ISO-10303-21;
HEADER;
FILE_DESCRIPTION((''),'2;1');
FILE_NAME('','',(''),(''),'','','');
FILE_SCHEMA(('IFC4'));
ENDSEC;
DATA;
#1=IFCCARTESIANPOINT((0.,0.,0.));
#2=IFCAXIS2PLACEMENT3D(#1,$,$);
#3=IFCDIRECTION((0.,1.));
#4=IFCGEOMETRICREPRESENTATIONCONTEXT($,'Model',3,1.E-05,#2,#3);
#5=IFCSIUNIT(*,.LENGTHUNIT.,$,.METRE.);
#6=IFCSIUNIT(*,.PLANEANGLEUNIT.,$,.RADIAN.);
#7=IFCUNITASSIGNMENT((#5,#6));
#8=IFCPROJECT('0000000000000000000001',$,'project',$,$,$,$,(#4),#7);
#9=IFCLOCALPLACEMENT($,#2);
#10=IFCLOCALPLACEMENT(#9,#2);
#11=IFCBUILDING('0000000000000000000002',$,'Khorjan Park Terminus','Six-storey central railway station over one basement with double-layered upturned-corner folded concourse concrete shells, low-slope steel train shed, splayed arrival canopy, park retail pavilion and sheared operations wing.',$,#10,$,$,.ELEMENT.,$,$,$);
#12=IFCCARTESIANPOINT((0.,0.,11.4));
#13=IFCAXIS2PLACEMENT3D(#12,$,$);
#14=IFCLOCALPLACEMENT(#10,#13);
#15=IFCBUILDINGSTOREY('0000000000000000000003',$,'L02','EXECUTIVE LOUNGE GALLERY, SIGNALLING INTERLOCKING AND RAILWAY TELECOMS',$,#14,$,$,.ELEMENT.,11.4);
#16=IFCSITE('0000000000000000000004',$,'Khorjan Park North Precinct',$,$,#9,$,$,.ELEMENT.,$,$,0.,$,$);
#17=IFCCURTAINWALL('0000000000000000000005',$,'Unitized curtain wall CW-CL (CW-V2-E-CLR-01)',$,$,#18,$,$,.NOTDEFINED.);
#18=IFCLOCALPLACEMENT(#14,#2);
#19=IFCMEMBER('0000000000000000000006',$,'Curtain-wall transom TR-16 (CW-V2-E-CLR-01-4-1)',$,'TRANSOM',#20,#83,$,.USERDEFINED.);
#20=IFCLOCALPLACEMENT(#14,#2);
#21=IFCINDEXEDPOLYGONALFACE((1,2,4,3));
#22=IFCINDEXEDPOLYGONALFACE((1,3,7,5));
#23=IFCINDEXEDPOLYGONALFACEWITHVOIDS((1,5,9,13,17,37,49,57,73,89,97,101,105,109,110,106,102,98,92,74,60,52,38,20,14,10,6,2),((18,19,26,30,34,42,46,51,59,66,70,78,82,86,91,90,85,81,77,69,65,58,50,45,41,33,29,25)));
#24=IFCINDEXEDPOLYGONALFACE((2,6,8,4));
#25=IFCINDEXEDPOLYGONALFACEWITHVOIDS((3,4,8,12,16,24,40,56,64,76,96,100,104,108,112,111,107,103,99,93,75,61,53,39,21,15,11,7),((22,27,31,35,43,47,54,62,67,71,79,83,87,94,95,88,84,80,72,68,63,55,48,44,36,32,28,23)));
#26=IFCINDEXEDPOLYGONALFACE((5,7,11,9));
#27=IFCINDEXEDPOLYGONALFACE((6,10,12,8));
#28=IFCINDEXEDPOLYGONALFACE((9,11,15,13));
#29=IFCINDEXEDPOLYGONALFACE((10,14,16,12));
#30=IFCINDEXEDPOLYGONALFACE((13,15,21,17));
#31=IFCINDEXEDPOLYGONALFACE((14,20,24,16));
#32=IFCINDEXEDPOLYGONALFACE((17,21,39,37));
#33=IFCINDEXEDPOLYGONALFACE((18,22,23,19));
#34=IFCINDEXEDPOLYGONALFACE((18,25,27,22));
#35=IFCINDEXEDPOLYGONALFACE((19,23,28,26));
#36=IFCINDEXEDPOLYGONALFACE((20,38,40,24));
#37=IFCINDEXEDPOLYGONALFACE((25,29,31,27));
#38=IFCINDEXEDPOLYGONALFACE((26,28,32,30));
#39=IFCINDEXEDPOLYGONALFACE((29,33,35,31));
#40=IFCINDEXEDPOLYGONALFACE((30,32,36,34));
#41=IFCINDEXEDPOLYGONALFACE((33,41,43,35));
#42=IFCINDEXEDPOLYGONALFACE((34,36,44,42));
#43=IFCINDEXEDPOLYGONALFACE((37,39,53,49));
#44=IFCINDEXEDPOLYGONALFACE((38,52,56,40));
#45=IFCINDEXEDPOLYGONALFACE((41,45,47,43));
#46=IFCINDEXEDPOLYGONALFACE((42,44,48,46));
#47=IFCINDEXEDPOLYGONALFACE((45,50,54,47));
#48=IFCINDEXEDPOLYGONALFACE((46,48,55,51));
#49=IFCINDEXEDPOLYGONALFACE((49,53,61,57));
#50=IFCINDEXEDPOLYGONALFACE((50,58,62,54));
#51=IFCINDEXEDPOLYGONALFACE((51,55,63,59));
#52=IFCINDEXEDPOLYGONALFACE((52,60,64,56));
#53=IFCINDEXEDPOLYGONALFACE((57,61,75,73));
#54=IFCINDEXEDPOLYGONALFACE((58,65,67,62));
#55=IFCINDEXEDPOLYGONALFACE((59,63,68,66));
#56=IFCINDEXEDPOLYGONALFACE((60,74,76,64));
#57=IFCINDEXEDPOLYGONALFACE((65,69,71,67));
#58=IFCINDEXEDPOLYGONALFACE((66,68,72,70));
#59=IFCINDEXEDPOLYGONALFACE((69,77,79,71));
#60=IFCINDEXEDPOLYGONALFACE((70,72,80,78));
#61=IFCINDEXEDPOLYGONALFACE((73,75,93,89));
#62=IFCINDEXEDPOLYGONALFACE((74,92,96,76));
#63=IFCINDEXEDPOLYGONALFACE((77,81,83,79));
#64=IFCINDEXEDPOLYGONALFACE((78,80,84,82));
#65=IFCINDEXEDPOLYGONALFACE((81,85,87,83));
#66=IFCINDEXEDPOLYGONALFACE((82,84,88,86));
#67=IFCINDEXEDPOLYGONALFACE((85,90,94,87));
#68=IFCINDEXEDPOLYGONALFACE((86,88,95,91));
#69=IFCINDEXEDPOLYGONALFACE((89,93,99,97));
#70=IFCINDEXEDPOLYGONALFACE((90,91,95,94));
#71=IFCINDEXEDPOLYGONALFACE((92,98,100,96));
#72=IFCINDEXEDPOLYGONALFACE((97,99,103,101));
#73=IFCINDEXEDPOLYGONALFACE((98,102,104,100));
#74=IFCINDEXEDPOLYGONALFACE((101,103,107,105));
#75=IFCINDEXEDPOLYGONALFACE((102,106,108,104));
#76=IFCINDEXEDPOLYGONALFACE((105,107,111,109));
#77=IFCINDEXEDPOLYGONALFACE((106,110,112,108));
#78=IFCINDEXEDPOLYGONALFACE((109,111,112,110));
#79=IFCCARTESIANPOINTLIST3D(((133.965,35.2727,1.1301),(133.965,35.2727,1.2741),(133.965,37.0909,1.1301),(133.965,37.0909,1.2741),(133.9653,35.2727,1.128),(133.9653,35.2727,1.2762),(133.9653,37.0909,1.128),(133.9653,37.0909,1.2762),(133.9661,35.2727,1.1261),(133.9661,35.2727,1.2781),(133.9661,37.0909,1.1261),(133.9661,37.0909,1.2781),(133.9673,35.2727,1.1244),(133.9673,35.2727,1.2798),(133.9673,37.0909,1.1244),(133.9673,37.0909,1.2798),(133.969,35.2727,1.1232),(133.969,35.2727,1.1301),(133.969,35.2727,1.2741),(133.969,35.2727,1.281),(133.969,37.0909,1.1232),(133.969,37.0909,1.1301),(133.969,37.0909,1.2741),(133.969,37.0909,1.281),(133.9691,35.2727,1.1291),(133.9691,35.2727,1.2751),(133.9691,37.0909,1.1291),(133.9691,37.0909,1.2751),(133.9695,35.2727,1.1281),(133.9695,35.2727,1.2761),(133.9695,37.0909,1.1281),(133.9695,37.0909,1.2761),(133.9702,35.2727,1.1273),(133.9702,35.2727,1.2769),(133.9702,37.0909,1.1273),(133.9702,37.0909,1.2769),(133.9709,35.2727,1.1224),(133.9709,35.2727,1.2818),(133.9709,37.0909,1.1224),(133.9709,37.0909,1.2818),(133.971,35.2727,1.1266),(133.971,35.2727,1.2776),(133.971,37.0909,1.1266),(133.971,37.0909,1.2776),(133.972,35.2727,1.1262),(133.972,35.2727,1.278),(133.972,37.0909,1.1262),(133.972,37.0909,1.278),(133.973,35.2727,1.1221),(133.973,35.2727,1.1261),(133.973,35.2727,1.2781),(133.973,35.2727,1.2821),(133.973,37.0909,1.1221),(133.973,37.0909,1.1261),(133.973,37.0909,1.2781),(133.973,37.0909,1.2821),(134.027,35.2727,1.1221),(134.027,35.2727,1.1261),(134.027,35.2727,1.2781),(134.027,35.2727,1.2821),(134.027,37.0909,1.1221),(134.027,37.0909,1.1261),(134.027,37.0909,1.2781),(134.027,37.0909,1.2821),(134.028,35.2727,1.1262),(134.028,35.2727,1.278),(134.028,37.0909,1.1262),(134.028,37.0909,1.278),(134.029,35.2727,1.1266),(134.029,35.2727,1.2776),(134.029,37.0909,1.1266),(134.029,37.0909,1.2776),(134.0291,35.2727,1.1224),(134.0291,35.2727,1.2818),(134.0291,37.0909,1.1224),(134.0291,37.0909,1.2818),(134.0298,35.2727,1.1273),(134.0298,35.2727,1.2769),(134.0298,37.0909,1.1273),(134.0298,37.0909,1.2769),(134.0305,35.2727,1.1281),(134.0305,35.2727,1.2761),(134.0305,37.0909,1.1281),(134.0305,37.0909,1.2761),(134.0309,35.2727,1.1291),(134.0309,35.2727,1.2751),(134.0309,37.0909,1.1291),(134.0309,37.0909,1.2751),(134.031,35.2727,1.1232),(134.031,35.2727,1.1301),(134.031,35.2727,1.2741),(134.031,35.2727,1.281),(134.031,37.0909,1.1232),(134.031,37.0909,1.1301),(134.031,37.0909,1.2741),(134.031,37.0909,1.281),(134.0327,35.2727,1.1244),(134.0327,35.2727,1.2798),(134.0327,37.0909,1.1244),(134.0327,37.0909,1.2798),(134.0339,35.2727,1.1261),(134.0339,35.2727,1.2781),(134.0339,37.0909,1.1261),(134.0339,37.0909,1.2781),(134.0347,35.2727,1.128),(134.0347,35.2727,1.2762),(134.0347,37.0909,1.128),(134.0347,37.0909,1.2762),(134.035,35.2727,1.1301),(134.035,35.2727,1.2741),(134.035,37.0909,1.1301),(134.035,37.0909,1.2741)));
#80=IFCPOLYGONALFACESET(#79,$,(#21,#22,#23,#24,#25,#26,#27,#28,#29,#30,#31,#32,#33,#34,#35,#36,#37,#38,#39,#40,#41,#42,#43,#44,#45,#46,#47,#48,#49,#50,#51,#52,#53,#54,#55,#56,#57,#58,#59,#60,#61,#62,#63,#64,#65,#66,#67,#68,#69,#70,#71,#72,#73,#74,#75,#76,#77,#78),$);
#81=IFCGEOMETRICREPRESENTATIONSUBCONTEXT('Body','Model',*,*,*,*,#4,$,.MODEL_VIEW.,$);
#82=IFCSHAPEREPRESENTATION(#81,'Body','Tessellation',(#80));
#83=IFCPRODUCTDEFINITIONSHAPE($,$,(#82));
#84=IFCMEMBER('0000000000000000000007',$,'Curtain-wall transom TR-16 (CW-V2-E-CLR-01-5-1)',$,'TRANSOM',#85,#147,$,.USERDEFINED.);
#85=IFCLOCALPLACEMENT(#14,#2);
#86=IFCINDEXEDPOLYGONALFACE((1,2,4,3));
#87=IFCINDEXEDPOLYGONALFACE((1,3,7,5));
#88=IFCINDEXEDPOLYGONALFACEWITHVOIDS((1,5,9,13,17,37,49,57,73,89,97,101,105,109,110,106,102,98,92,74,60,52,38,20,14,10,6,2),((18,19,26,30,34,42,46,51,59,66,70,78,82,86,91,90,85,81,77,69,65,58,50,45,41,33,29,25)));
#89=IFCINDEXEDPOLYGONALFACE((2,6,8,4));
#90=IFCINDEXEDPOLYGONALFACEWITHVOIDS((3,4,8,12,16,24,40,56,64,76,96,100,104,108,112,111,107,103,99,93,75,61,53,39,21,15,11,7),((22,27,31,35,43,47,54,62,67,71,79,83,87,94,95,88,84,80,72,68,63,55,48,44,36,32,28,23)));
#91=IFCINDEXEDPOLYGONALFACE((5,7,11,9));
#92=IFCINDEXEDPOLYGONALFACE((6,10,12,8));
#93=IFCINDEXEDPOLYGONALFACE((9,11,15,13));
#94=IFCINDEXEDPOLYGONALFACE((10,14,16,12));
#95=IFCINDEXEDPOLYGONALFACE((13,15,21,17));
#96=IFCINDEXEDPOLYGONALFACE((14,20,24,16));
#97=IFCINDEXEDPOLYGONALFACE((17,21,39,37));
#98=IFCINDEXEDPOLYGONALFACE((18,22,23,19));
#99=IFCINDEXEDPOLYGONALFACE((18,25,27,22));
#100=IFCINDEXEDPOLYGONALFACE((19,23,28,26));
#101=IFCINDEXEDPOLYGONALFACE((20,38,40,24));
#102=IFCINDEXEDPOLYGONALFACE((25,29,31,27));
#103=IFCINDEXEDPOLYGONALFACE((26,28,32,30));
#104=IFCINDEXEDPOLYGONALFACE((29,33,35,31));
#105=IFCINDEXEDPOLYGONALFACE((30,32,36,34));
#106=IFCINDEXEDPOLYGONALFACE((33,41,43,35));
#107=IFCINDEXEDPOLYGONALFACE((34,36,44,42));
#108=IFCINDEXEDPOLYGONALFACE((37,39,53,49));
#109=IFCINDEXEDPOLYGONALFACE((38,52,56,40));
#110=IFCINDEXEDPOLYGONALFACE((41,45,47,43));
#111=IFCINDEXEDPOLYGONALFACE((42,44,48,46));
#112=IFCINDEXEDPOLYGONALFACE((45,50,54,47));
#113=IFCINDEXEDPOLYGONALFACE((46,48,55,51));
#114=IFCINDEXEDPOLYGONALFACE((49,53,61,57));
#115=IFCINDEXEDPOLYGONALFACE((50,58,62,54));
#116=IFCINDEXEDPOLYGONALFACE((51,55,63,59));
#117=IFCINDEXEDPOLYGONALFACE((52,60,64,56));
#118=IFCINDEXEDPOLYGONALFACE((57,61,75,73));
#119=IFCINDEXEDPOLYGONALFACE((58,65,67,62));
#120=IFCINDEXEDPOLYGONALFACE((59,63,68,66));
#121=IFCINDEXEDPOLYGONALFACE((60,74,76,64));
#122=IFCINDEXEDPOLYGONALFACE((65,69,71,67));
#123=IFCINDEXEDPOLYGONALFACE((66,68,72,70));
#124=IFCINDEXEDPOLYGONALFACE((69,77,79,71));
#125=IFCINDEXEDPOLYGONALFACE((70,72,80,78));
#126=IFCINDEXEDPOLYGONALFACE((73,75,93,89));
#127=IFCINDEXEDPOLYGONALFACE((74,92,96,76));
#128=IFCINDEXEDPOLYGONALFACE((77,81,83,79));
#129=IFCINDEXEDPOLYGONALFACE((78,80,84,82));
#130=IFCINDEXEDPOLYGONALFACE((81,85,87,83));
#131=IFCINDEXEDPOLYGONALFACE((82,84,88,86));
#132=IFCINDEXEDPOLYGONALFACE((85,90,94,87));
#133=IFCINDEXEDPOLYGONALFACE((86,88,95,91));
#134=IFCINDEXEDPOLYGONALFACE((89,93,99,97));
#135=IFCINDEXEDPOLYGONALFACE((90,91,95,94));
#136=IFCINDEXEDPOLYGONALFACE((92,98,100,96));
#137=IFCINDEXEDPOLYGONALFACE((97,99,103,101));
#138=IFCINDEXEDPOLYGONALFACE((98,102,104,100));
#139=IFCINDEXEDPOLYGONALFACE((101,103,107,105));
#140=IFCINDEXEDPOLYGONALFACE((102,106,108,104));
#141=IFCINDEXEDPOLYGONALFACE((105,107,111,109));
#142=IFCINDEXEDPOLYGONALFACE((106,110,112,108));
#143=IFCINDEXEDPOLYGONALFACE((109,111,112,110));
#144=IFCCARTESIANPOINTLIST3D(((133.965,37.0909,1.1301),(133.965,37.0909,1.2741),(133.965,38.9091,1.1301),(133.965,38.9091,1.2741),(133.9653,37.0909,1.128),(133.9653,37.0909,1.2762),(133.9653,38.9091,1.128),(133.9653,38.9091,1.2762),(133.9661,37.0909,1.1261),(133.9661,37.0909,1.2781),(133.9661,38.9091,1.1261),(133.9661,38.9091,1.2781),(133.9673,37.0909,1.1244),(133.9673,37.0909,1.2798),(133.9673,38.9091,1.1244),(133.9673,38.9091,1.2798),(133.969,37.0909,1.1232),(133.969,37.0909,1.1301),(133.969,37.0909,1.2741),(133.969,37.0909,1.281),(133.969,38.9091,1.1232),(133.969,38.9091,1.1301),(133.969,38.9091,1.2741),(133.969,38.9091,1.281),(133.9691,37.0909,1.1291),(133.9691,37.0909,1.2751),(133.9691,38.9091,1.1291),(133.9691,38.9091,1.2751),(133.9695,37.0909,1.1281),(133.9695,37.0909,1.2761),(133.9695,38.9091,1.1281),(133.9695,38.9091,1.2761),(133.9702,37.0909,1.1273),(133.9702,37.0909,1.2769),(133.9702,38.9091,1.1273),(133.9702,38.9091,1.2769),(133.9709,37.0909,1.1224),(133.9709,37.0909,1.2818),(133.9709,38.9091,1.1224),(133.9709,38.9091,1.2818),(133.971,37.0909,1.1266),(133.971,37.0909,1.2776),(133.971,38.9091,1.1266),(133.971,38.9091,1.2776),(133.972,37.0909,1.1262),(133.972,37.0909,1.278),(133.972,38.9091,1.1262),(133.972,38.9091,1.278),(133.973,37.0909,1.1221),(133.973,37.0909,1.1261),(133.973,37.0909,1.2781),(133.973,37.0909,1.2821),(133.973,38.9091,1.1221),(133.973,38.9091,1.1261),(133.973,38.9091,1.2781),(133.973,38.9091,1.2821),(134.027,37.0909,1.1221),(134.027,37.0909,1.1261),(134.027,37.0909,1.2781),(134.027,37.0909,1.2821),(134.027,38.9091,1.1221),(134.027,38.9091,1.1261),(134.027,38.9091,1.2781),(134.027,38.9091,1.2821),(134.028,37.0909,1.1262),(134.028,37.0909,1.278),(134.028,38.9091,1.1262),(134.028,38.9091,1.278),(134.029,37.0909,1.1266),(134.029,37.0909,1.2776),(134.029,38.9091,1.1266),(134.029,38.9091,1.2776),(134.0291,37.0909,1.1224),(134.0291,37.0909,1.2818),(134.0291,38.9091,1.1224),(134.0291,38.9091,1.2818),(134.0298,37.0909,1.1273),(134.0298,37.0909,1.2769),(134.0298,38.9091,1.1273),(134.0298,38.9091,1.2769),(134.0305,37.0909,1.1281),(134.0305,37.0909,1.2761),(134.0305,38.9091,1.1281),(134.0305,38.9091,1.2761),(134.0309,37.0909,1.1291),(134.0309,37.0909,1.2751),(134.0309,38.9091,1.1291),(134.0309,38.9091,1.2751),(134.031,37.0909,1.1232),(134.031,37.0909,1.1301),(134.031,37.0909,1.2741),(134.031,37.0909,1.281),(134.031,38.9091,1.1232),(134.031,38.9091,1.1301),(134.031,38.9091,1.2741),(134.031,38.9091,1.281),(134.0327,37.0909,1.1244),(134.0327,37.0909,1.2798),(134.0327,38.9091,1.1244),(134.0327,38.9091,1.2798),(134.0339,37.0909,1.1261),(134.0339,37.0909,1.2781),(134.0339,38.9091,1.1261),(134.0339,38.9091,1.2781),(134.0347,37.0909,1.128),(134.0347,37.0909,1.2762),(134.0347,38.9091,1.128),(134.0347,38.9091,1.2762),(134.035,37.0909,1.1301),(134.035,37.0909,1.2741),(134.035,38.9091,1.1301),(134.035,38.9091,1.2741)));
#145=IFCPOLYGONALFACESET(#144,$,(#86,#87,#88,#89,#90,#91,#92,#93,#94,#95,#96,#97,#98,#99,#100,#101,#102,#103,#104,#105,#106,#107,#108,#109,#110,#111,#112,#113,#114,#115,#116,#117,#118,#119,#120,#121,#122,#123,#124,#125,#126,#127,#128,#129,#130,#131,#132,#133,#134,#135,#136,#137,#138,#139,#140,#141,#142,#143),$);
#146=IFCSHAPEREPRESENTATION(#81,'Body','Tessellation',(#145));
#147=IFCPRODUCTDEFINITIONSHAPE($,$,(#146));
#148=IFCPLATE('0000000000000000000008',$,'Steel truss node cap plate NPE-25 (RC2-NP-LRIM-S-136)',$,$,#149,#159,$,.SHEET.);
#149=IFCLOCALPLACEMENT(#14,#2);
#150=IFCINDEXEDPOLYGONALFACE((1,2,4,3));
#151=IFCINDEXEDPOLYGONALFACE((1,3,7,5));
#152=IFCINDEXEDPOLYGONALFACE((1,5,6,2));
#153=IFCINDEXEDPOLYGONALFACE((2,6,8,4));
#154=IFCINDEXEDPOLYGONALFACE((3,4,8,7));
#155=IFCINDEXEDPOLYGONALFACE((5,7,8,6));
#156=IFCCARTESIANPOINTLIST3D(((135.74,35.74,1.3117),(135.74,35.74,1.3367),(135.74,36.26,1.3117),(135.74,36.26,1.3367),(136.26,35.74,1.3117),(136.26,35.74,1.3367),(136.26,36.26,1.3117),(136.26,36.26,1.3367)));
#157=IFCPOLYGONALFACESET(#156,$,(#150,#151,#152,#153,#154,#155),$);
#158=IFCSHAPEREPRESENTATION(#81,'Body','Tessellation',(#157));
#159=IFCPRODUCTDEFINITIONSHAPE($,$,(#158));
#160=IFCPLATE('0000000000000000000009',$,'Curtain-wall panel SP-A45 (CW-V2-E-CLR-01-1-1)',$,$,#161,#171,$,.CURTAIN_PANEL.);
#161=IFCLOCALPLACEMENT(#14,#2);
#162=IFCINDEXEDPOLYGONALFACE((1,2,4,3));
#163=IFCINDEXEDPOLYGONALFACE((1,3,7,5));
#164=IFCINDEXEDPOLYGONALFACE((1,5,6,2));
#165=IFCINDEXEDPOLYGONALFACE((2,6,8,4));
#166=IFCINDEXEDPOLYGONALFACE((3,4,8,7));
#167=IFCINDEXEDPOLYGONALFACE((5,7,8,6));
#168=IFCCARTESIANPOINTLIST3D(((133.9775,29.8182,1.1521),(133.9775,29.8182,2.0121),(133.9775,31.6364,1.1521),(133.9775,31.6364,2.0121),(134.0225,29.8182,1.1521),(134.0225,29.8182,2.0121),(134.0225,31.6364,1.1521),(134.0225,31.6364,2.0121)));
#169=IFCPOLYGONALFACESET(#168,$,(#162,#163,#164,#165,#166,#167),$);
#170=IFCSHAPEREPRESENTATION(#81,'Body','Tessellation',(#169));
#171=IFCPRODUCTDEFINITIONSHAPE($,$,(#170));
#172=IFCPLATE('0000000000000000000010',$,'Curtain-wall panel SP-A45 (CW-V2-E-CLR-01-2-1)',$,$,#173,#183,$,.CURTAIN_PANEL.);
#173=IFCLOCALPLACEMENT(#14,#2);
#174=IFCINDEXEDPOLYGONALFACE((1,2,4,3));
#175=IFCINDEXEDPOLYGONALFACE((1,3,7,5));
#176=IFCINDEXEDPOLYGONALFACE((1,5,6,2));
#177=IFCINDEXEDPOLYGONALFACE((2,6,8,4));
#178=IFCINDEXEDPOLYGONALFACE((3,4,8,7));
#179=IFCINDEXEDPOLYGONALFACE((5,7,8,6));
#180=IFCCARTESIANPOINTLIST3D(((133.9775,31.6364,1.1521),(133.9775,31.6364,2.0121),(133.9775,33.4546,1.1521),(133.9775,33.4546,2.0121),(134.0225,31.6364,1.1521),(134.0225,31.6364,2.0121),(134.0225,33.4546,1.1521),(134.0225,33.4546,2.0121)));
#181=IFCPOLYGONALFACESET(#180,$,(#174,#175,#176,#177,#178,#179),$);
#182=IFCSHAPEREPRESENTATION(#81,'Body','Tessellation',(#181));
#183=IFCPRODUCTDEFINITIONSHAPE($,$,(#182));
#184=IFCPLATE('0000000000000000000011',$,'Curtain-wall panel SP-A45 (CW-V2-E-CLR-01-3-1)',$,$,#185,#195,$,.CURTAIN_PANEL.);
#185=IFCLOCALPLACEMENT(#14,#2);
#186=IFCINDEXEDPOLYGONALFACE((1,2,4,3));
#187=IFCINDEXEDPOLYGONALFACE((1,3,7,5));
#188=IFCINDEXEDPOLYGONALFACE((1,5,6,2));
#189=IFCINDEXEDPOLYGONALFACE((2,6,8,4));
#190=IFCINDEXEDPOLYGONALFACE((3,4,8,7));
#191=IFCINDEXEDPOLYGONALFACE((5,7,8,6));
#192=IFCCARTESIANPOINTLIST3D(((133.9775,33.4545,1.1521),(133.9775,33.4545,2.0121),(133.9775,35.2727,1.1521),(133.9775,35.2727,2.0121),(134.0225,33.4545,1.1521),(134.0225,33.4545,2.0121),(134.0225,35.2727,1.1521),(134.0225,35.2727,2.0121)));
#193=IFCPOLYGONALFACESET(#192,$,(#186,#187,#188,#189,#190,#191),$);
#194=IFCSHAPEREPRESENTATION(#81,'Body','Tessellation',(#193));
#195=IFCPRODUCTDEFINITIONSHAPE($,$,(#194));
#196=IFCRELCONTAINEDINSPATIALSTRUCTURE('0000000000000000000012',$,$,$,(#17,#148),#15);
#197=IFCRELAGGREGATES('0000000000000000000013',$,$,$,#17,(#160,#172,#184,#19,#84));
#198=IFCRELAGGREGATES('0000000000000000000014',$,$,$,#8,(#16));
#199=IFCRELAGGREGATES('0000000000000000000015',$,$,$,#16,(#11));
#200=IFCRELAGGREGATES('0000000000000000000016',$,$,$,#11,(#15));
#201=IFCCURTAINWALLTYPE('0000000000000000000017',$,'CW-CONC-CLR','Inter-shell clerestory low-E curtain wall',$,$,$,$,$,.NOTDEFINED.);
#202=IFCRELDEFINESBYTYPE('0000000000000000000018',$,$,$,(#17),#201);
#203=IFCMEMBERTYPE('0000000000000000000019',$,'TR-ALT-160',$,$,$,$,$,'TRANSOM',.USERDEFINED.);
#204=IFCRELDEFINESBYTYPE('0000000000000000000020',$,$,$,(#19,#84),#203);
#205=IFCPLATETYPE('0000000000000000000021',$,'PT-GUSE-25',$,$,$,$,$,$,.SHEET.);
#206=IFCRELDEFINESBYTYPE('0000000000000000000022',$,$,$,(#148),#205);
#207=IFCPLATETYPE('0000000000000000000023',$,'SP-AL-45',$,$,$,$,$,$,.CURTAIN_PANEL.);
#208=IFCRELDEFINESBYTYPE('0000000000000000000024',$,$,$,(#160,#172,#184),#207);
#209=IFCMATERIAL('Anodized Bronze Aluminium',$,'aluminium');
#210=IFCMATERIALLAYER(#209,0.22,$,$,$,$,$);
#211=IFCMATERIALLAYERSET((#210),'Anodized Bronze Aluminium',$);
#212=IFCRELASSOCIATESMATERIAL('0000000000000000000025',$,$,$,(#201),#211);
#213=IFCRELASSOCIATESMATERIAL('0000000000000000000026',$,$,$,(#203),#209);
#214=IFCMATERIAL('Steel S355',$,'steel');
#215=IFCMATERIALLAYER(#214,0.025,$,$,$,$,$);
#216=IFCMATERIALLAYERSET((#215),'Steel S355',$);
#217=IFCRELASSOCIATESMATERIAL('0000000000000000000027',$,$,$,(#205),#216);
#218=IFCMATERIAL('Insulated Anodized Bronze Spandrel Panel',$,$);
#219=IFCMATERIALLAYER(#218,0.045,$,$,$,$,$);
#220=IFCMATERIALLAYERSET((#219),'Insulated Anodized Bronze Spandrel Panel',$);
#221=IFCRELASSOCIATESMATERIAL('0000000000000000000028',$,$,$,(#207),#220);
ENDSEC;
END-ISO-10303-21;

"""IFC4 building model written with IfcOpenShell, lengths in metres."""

from ifc_helpers import new_model, si_unit, direction, frame, origin, origin_2d, place, context, subcontext, project, spatial, rectangle, hollow_rectangle, extrude, material, layer, layer_set, material_profile, profile_set, type_object, element, aggregate, save


model = new_model("IFC4")

# Units and contexts
model_context = context("Model", 3, precision=1e-05, world=origin(), true_north=direction((0.0, 1.0)))
body_context = subcontext(model_context, "Body", "Model", "MODEL_VIEW")
ifc_project = project(units=[si_unit("LENGTHUNIT", "METRE"), si_unit("PLANEANGLEUNIT", "RADIAN")], contexts=[model_context])

# Site, building, storey
site_placement = place(None, origin())
site = spatial("IfcSite", under=ifc_project, at=site_placement, Name="Khorjan Park North Precinct", CompositionType="ELEMENT", RefElevation=0.0)
building_placement = place(site_placement, origin())
building = spatial("IfcBuilding", under=site, at=building_placement, Name="Khorjan Park Terminus", Description="Six-storey central railway station over one basement with double-layered upturned-corner folded concourse concrete shells, low-slope steel train shed, splayed arrival canopy, park retail pavilion and sheared operations wing.", CompositionType="ELEMENT")
storey_placement = place(building_placement, frame((0.0, 0.0, 11.4)))
storey = spatial("IfcBuildingStorey", under=building, at=storey_placement, Name="L02", Description="EXECUTIVE LOUNGE GALLERY, SIGNALLING INTERLOCKING AND RAILWAY TELECOMS", CompositionType="ELEMENT", Elevation=11.4)

# Shared definitions
ifc_material_1 = material(Name="Steel S355", Category="steel")

# Curtain wall
ifc_material_2 = material(Name="Anodized Bronze Aluminium", Category="aluminium")
ifc_layer_1 = layer(ifc_material_2, 0.22)
ifc_layer_set_1 = layer_set([ifc_layer_1], Name="Anodized Bronze Aluminium")
curtain_wall_type = type_object("IfcCurtainWallType", Name="CW-CONC-CLR", Description="Inter-shell clerestory low-E curtain wall", PredefinedType="NOTDEFINED", material=ifc_layer_set_1)
curtain_wall_placement = place(storey_placement, origin())
curtain_wall = element("IfcCurtainWall", 1, at=curtain_wall_placement, inside=storey, type_object=curtain_wall_type, Name="Unitized curtain wall CW-CL (CW-V2-E-CLR-01)", PredefinedType="NOTDEFINED")

# Members
ifc_material_profile_1 = material_profile(ifc_material_2, hollow_rectangle(XDim=0.07, YDim=0.16, WallThickness=0.004, InnerFilletRadius=0.004, OuterFilletRadius=0.008, at=origin_2d()), Name="ALT 70x160x4")
ifc_profile_set_1 = profile_set([ifc_material_profile_1], Name="Anodized Bronze Aluminium")
member_type_1 = type_object("IfcMemberType", Name="TR-ALT-160", ElementType="TRANSOM", PredefinedType="USERDEFINED", material=ifc_profile_set_1)
member_1_placement = place(storey_placement, frame((134.0, 35.2727, 1.2021), z_axis=(0.0, 1.0, 0.0), x_axis=(-1.0, 0.0, 0.0)))
member_1 = element("IfcMember", 2, at=member_1_placement, type_object=member_type_1, Name="Curtain-wall transom TR-16 (CW-V2-E-CLR-01-4-1)", ObjectType="TRANSOM", PredefinedType="USERDEFINED", context=body_context, shape_type="SweptSolid", body=[
    extrude(hollow_rectangle(XDim=0.07, YDim=0.16, WallThickness=0.004, InnerFilletRadius=0.004, OuterFilletRadius=0.008, at=origin_2d()), origin(), (0.0, 0.0, 1.0), 1.8182),
])
member_2_placement = place(storey_placement, frame((134.0, 37.0909, 1.2021), z_axis=(0.0, 1.0, 0.0), x_axis=(-1.0, 0.0, 0.0)))
member_2 = element("IfcMember", 3, at=member_2_placement, type_object=member_type_1, Name="Curtain-wall transom TR-16 (CW-V2-E-CLR-01-5-1)", ObjectType="TRANSOM", PredefinedType="USERDEFINED", context=body_context, shape_type="SweptSolid", body=[
    extrude(hollow_rectangle(XDim=0.07, YDim=0.16, WallThickness=0.004, InnerFilletRadius=0.004, OuterFilletRadius=0.008, at=origin_2d()), origin(), (0.0, 0.0, 1.0), 1.8182),
])

# Plates
ifc_layer_2 = layer(ifc_material_1, 0.025)
ifc_layer_set_2 = layer_set([ifc_layer_2], Name="Steel S355")
plate_type_1 = type_object("IfcPlateType", Name="PT-GUSE-25", PredefinedType="SHEET", material=ifc_layer_set_2)
plate_1_placement = place(storey_placement, frame((136.0, 36.0, 1.3117), z_axis=(0.0, 0.0, 1.0), x_axis=(1.0, 0.0, 0.0)))
element("IfcPlate", 4, at=plate_1_placement, inside=storey, type_object=plate_type_1, Name="Steel truss node cap plate NPE-25 (RC2-NP-LRIM-S-136)", PredefinedType="SHEET", context=body_context, shape_type="SweptSolid", body=[
    extrude(rectangle(XDim=0.52, YDim=0.52, at=origin_2d()), origin(), (0.0, 0.0, 1.0), 0.025),
])
ifc_material_3 = material(Name="Insulated Anodized Bronze Spandrel Panel")
ifc_layer_3 = layer(ifc_material_3, 0.045)
ifc_layer_set_3 = layer_set([ifc_layer_3], Name="Insulated Anodized Bronze Spandrel Panel")
plate_type_2 = type_object("IfcPlateType", Name="SP-AL-45", PredefinedType="CURTAIN_PANEL", material=ifc_layer_set_3)
plate_2_placement = place(storey_placement, frame((134.0, 30.7273, 1.1521), z_axis=(0.0, 0.0, 1.0), x_axis=(0.0, 1.0, 0.0)))
plate_2 = element("IfcPlate", 5, at=plate_2_placement, type_object=plate_type_2, Name="Curtain-wall panel SP-A45 (CW-V2-E-CLR-01-1-1)", PredefinedType="CURTAIN_PANEL", context=body_context, shape_type="SweptSolid", body=[
    extrude(rectangle(XDim=1.8182, YDim=0.045, at=origin_2d()), origin(), (0.0, 0.0, 1.0), 0.86),
])
plate_3_placement = place(storey_placement, frame((134.0, 32.5455, 1.1521), z_axis=(0.0, 0.0, 1.0), x_axis=(0.0, 1.0, 0.0)))
plate_3 = element("IfcPlate", 6, at=plate_3_placement, type_object=plate_type_2, Name="Curtain-wall panel SP-A45 (CW-V2-E-CLR-01-2-1)", PredefinedType="CURTAIN_PANEL", context=body_context, shape_type="SweptSolid", body=[
    extrude(rectangle(XDim=1.8182, YDim=0.045, at=origin_2d()), origin(), (0.0, 0.0, 1.0), 0.86),
])
plate_4_placement = place(storey_placement, frame((134.0, 34.3636, 1.1521), z_axis=(0.0, 0.0, 1.0), x_axis=(0.0, 1.0, 0.0)))
plate_4 = element("IfcPlate", 7, at=plate_4_placement, type_object=plate_type_2, Name="Curtain-wall panel SP-A45 (CW-V2-E-CLR-01-3-1)", PredefinedType="CURTAIN_PANEL", context=body_context, shape_type="SweptSolid", body=[
    extrude(rectangle(XDim=1.8182, YDim=0.045, at=origin_2d()), origin(), (0.0, 0.0, 1.0), 0.86),
])
aggregate(curtain_wall, [plate_2, plate_3, plate_4, member_1, member_2])

save(model, "model.ifc")
